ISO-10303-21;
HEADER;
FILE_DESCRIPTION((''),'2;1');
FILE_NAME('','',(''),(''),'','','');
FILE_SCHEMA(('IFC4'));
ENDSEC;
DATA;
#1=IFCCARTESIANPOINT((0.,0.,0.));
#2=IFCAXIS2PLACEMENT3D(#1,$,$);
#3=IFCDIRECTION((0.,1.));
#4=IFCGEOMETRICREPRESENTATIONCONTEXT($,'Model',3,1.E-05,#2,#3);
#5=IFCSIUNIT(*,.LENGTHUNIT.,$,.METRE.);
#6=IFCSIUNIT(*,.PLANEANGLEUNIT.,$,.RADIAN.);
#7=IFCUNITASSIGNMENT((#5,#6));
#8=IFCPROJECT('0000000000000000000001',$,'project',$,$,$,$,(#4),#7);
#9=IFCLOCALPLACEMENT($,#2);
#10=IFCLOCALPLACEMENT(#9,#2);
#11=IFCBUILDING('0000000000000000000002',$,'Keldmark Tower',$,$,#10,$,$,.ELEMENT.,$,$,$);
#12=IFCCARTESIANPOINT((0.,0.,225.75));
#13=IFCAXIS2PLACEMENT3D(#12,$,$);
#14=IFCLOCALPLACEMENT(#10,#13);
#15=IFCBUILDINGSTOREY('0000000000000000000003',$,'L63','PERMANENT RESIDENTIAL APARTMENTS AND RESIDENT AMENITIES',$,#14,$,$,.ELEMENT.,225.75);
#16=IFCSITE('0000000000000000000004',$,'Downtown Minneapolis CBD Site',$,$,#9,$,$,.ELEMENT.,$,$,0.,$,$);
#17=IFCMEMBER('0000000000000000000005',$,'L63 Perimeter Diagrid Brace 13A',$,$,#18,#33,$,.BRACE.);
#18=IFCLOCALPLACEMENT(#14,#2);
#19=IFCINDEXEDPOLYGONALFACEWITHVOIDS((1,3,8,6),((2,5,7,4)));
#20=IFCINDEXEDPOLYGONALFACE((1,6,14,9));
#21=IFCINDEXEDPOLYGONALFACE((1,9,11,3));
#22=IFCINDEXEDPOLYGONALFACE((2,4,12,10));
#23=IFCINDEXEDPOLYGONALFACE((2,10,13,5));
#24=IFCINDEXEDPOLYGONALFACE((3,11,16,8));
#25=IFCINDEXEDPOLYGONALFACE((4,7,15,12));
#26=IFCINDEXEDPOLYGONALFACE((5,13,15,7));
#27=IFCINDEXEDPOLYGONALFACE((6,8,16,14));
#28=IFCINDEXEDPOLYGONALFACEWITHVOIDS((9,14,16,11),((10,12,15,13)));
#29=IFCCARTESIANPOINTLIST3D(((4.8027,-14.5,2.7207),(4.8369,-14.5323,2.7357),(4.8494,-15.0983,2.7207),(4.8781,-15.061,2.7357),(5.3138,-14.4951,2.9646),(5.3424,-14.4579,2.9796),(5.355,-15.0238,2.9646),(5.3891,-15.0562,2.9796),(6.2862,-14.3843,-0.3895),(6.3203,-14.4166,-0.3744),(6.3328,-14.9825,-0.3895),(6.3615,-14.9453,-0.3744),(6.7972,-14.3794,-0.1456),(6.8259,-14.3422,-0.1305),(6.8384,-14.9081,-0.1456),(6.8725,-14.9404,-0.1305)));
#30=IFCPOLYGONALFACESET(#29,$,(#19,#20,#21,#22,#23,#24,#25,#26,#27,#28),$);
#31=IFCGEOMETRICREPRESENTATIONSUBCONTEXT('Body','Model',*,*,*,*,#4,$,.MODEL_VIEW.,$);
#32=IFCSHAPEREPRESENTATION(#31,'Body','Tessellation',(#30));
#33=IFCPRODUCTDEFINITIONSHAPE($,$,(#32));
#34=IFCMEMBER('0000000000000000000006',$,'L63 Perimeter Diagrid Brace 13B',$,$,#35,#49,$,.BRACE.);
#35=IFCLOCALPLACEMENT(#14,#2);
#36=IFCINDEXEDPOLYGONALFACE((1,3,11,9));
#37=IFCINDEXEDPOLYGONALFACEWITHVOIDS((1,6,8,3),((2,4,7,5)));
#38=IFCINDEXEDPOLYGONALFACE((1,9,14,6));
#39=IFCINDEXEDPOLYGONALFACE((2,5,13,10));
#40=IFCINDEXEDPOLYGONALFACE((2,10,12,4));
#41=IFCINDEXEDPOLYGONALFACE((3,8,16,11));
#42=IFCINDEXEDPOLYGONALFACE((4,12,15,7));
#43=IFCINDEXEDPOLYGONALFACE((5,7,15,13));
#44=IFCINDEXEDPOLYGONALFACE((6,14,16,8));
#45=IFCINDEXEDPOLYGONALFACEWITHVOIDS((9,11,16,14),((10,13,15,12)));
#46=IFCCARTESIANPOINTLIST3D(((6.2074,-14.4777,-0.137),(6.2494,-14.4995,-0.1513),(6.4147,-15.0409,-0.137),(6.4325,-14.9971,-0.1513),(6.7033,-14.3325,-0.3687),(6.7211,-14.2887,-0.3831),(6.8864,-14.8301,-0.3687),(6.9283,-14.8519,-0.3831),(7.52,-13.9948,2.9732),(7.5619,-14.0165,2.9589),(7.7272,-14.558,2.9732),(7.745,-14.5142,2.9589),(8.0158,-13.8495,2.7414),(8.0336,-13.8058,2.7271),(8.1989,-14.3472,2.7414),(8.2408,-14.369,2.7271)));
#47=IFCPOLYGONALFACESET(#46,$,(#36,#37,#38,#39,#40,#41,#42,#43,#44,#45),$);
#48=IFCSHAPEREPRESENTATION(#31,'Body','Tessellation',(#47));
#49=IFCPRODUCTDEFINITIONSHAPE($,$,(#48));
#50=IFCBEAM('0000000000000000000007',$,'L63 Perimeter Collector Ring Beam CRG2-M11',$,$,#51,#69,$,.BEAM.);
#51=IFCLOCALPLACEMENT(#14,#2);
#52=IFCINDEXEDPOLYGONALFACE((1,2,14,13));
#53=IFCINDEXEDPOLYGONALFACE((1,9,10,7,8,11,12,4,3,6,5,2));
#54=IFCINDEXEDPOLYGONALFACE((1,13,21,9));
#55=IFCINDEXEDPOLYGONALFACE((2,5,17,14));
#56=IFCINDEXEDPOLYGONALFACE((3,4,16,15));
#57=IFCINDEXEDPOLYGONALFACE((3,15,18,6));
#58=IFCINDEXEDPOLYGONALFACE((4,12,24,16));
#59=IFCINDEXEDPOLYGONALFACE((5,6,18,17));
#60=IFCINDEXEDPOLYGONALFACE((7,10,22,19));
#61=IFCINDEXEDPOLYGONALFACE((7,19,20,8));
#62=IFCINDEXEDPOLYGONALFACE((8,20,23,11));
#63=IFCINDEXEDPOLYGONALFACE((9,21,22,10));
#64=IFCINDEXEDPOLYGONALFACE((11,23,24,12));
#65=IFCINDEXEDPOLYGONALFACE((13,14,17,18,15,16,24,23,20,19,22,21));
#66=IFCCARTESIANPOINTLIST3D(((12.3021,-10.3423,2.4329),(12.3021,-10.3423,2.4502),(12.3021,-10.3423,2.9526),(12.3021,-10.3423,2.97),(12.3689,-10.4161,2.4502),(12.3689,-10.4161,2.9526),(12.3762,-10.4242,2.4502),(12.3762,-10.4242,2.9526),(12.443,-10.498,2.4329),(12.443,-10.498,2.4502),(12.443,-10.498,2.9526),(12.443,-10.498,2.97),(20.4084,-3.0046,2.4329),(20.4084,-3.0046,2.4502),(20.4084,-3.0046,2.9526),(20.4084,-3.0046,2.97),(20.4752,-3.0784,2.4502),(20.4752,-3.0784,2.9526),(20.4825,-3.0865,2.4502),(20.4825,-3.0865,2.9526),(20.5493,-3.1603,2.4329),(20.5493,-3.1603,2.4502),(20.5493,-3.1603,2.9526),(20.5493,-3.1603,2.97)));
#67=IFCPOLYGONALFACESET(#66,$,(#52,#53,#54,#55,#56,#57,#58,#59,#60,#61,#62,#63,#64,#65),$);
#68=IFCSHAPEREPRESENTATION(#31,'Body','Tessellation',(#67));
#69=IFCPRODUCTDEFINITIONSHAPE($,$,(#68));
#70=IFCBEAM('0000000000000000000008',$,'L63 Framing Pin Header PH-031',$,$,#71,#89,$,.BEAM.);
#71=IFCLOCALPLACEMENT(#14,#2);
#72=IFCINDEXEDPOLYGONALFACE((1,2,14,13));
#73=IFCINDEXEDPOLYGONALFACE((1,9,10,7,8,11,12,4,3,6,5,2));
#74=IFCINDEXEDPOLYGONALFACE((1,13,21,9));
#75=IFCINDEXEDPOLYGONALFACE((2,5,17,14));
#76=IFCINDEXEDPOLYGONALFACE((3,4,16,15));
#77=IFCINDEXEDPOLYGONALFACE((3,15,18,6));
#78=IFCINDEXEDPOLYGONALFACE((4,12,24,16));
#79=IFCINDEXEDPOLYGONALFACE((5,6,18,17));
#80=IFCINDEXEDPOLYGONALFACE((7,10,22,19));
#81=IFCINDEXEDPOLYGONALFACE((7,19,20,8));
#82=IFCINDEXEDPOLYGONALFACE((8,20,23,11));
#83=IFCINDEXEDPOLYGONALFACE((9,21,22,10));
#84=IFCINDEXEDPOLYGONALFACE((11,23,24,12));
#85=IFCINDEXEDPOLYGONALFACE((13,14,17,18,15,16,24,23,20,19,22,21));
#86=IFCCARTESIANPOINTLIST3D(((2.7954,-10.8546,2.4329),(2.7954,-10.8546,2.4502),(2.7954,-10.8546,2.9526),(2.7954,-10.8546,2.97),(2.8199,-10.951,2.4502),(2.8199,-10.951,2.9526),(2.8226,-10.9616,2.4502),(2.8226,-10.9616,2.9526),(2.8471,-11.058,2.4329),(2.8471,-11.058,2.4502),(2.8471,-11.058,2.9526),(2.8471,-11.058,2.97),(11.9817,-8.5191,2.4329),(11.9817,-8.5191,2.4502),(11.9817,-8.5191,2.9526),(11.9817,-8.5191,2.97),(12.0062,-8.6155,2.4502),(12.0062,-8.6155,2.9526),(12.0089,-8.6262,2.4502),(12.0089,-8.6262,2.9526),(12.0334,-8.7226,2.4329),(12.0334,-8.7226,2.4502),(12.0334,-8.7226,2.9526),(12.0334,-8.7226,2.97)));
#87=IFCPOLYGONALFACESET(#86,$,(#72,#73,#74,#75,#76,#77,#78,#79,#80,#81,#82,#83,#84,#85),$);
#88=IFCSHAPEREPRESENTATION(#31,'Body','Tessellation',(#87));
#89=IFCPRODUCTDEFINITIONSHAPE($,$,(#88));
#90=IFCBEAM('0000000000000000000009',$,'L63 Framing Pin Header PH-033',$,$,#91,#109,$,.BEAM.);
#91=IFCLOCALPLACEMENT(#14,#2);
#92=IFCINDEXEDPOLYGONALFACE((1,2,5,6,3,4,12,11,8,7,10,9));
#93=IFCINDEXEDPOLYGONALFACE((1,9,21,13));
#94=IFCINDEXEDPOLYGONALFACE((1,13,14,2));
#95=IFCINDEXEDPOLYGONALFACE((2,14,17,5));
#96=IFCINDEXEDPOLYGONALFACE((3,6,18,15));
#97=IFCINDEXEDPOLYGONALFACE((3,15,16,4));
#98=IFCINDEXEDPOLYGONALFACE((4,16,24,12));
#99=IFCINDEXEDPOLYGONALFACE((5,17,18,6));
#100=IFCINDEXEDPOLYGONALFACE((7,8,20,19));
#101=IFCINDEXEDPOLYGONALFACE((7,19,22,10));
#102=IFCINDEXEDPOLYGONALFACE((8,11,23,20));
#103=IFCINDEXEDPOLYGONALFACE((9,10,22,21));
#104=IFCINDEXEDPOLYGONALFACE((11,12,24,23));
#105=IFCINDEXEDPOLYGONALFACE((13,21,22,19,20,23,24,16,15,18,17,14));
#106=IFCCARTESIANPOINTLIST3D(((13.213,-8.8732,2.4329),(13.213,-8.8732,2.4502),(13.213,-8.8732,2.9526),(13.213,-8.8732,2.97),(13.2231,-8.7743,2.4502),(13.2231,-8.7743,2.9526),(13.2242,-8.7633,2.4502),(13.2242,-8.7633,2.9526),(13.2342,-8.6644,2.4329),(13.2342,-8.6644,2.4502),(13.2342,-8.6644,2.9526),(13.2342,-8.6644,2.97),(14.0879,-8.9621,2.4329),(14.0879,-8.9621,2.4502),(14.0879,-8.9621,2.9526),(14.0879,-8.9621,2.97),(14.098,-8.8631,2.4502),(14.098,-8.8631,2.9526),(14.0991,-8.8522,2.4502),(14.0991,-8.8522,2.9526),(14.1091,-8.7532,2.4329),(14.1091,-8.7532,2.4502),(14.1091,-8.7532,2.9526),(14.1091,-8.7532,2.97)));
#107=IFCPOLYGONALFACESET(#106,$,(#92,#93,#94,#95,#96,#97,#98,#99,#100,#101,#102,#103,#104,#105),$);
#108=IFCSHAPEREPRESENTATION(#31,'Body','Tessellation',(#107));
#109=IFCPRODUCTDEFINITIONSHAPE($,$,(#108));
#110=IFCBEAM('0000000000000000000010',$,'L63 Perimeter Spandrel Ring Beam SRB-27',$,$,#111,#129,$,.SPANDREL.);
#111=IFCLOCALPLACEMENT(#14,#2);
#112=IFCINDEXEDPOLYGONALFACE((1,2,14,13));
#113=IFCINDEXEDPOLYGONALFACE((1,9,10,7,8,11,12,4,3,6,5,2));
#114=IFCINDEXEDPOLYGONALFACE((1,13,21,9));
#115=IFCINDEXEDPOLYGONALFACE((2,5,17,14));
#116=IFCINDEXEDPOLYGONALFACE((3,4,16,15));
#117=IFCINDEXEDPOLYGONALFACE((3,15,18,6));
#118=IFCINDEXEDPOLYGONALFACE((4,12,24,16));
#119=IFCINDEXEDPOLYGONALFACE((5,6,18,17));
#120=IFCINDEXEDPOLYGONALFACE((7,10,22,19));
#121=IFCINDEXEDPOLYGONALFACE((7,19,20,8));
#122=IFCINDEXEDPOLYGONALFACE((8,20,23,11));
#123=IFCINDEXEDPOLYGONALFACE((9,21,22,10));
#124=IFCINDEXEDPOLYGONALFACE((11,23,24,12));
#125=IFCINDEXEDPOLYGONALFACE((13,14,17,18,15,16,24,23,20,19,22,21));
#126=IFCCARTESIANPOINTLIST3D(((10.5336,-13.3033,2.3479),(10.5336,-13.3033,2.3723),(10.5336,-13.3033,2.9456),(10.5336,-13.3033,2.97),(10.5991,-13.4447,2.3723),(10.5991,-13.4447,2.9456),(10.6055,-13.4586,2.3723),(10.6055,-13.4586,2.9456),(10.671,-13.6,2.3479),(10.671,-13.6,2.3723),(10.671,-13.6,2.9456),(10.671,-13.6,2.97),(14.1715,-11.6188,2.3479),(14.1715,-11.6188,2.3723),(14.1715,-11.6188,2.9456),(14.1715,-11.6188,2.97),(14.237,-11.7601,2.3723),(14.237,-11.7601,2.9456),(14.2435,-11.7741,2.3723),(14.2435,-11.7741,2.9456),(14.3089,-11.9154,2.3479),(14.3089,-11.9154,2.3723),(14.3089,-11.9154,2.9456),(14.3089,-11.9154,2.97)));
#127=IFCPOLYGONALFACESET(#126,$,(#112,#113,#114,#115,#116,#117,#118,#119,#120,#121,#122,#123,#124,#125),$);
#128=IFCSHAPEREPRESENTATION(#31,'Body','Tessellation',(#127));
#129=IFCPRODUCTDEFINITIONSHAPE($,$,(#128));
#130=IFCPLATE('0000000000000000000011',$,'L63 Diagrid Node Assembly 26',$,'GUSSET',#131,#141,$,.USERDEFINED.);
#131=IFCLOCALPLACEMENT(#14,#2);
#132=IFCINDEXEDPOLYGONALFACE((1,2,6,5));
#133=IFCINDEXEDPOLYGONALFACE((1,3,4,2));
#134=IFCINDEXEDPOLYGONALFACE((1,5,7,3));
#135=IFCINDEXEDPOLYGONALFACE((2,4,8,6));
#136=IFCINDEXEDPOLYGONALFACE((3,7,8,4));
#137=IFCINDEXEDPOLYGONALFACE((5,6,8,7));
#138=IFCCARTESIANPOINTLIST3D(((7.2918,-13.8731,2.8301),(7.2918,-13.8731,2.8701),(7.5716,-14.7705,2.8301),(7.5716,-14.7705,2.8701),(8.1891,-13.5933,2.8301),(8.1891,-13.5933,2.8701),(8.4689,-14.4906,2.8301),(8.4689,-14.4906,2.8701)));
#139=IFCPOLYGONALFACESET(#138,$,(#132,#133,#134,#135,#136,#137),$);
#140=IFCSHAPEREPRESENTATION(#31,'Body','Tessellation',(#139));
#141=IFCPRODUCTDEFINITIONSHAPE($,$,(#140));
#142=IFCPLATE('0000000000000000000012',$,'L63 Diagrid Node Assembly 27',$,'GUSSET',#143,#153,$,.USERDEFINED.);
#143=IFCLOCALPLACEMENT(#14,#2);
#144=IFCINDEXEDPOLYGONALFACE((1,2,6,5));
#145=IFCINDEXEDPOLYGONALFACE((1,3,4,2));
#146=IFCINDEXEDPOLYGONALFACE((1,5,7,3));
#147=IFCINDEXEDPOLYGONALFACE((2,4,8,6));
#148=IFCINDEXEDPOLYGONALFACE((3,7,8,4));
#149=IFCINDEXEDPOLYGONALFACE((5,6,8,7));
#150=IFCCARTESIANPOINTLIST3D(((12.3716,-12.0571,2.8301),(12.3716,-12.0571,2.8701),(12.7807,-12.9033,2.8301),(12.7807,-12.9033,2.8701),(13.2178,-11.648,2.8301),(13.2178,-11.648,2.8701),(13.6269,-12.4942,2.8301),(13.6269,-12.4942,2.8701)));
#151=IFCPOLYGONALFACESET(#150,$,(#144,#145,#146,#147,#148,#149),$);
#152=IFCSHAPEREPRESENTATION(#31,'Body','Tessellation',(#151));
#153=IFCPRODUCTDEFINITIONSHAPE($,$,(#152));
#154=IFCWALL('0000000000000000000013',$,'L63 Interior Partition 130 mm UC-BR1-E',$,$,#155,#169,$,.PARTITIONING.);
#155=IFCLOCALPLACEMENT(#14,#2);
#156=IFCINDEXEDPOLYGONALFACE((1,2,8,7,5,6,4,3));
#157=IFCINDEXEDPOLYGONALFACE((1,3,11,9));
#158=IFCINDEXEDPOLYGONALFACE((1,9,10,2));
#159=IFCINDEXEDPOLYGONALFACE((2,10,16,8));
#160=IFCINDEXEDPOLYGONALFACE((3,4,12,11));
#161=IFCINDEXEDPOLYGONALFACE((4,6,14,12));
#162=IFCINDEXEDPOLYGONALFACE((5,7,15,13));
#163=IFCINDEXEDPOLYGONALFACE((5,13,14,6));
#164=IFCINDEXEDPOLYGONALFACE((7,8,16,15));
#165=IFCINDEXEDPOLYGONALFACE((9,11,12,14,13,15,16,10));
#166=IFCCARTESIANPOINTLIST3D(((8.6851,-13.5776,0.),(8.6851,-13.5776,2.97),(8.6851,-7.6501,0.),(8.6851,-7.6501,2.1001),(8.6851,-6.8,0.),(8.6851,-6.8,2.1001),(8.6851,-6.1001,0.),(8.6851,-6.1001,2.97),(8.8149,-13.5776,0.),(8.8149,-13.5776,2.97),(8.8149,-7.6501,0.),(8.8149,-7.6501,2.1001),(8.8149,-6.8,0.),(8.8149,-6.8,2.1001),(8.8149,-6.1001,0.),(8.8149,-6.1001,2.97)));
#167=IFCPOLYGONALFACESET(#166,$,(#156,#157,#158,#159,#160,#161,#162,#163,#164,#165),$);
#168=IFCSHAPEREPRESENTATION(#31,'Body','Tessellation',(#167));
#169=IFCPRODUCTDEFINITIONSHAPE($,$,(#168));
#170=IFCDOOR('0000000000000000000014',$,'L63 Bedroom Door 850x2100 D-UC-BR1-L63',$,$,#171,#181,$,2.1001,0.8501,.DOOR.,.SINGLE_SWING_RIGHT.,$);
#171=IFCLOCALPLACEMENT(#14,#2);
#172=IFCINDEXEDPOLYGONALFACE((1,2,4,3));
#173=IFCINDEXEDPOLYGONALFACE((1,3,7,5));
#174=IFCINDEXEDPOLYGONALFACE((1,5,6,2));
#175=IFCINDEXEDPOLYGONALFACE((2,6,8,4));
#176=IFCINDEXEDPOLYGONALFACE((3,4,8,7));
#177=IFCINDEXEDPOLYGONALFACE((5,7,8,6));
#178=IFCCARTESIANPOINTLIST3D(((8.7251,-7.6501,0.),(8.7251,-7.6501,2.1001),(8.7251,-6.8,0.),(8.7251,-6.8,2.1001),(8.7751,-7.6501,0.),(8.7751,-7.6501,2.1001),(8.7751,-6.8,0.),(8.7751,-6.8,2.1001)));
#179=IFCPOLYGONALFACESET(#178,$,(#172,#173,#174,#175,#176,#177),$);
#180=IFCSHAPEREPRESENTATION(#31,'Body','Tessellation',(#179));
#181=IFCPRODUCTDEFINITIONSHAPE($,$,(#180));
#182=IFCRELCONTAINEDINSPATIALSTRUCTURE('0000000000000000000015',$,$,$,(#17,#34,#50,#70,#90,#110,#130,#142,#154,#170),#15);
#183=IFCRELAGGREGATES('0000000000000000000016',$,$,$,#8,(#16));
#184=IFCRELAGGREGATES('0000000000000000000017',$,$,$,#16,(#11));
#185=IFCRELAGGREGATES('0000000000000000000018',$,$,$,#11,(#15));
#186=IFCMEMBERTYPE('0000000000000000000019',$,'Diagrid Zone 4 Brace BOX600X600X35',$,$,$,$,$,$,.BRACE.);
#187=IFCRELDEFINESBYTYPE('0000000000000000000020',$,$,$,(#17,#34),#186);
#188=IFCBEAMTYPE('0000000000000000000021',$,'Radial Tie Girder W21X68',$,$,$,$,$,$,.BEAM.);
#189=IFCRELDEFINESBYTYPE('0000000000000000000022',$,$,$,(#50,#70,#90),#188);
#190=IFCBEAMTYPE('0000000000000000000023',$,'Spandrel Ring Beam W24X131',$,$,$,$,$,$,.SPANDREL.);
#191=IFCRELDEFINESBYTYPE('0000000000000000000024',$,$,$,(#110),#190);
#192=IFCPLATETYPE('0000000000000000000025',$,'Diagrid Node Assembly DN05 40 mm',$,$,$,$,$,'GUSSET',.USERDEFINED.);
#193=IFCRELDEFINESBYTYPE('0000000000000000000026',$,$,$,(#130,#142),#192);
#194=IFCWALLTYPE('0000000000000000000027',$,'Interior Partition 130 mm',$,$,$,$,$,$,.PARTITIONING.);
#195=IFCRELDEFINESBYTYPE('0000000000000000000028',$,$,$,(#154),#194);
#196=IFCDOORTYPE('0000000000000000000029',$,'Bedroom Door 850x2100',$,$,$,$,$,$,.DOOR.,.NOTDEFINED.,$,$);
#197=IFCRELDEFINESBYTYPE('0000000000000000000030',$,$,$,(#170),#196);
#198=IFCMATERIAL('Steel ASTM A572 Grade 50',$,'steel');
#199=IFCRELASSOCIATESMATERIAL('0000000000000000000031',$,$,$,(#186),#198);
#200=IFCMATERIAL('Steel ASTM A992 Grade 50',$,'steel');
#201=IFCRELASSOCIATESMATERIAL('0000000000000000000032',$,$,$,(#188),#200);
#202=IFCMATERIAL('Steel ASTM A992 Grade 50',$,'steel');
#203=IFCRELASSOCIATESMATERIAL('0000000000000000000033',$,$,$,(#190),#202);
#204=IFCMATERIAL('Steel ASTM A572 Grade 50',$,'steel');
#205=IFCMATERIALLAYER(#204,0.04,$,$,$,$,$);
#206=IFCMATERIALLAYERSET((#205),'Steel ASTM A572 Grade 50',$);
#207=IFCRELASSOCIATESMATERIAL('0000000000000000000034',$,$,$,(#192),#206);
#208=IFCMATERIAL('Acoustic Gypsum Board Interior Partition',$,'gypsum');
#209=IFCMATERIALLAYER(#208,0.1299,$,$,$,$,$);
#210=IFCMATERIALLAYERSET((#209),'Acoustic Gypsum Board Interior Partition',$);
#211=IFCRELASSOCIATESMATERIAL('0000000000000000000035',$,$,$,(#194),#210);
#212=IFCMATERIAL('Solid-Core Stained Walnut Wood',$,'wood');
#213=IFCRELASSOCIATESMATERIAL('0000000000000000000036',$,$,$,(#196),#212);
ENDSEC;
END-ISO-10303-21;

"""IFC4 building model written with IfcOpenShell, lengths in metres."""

from ifc_helpers import new_model, si_unit, direction, frame, frame_2d, origin, origin_2d, place, context, subcontext, project, spatial, rectangle, hollow_rectangle, i_section, extrude, material, layer, layer_set, material_profile, profile_set, type_object, element, fill, save


model = new_model("IFC4")

# Units and contexts
model_context = context("Model", 3, precision=1e-05, world=origin(), true_north=direction((0.0, 1.0)))
body_context = subcontext(model_context, "Body", "Model", "MODEL_VIEW")
ifc_project = project(units=[si_unit("LENGTHUNIT", "METRE"), si_unit("PLANEANGLEUNIT", "RADIAN")], contexts=[model_context])

# Site, building, storey
site_placement = place(None, origin())
site = spatial("IfcSite", under=ifc_project, at=site_placement, Name="Downtown Minneapolis CBD Site", CompositionType="ELEMENT", RefElevation=0.0)
building_placement = place(site_placement, origin())
building = spatial("IfcBuilding", under=site, at=building_placement, Name="Keldmark Tower", CompositionType="ELEMENT")
storey_placement = place(building_placement, frame((0.0, 0.0, 225.75)))
storey = spatial("IfcBuildingStorey", under=building, at=storey_placement, Name="L63", Description="PERMANENT RESIDENTIAL APARTMENTS AND RESIDENT AMENITIES", CompositionType="ELEMENT", Elevation=225.75)

# Members
ifc_material_1 = material(Name="Steel ASTM A572 Grade 50", Category="steel")
ifc_material_profile_1 = material_profile(ifc_material_1, hollow_rectangle(XDim=0.6001, YDim=0.6001, WallThickness=0.0349, at=origin_2d()), Name="BOX600X600X35")
ifc_profile_set_1 = profile_set([ifc_material_profile_1], Name="Steel ASTM A572 Grade 50")
member_type = type_object("IfcMemberType", Name="Diagrid Zone 4 Brace BOX600X600X35", PredefinedType="BRACE", material=ifc_profile_set_1)
member_1_placement = place(storey_placement, frame((6.5793, -14.6624, -0.26), z_axis=(-0.430257, -0.033565, 0.902082), x_axis=(0.077776, -0.996971, 0.0)))
element("IfcMember", 1, at=member_1_placement, inside=storey, type_object=member_type, Name="L63 Perimeter Diagrid Brace 13A", PredefinedType="BRACE", context=body_context, shape_type="SweptSolid", body=[
    extrude(hollow_rectangle(XDim=0.6001, YDim=0.6001, WallThickness=0.0349, at=origin_2d()), origin(), (0.0, 0.0, 1.0), 3.4478),
])
member_2_placement = place(storey_placement, frame((6.5679, -14.6648, -0.26), z_axis=(0.384889, 0.141613, 0.912034), x_axis=(-0.345301, 0.938492, 0.0)))
element("IfcMember", 2, at=member_2_placement, inside=storey, type_object=member_type, Name="L63 Perimeter Diagrid Brace 13B", PredefinedType="BRACE", context=body_context, shape_type="SweptSolid", body=[
    extrude(hollow_rectangle(XDim=0.6001, YDim=0.6001, WallThickness=0.0349, at=origin_2d()), origin(), (0.0, 0.0, 1.0), 3.4102),
])

# Beams
ifc_material_2 = material(Name="Steel ASTM A992 Grade 50", Category="steel")
ifc_material_profile_2 = material_profile(ifc_material_2, i_section(OverallWidth=0.21, OverallDepth=0.5371, WebThickness=0.011, FlangeThickness=0.0173, at=origin_2d()), Name="W21X68")
ifc_profile_set_2 = profile_set([ifc_material_profile_2], Name="Steel ASTM A992 Grade 50")
beam_type_1 = type_object("IfcBeamType", Name="Radial Tie Girder W21X68", PredefinedType="BEAM", material=ifc_profile_set_2)
beam_1_placement = place(storey_placement, frame((12.3726, -10.4202, 2.7014), z_axis=(0.741378, 0.671088, 0.0), x_axis=(-0.671088, 0.741378, 0.0)))
element("IfcBeam", 3, at=beam_1_placement, inside=storey, type_object=beam_type_1, Name="L63 Perimeter Collector Ring Beam CRG2-M11", PredefinedType="BEAM", context=body_context, shape_type="SweptSolid", body=[
    extrude(i_section(OverallWidth=0.21, OverallDepth=0.5371, WebThickness=0.011, FlangeThickness=0.0173, at=origin_2d()), origin(), (0.0, 0.0, 1.0), 10.9341),
])
beam_2_placement = place(storey_placement, frame((12.0076, -8.6208, 2.7014), z_axis=(-0.96917, -0.246394, 0.0), x_axis=(0.246394, -0.96917, 0.0)))
element("IfcBeam", 4, at=beam_2_placement, inside=storey, type_object=beam_type_1, Name="L63 Framing Pin Header PH-031", PredefinedType="BEAM", context=body_context, shape_type="SweptSolid", body=[
    extrude(i_section(OverallWidth=0.21, OverallDepth=0.5371, WebThickness=0.011, FlangeThickness=0.0173, at=origin_2d()), origin(), (0.0, 0.0, 1.0), 9.4785),
])
beam_3_placement = place(storey_placement, frame((13.2236, -8.7688, 2.7014), z_axis=(0.994882, -0.101043, 0.0), x_axis=(0.101043, 0.994882, 0.0)))
element("IfcBeam", 5, at=beam_3_placement, inside=storey, type_object=beam_type_1, Name="L63 Framing Pin Header PH-033", PredefinedType="BEAM", context=body_context, shape_type="SweptSolid", body=[
    extrude(i_section(OverallWidth=0.21, OverallDepth=0.5371, WebThickness=0.011, FlangeThickness=0.0173, at=origin_2d()), origin(), (0.0, 0.0, 1.0), 0.8794),
])
ifc_material_3 = material(Name="Steel ASTM A992 Grade 50", Category="steel")
ifc_material_profile_3 = material_profile(ifc_material_3, i_section(OverallWidth=0.3269, OverallDepth=0.6221, WebThickness=0.0154, FlangeThickness=0.0244, at=origin_2d()), Name="W24X131")
ifc_profile_set_3 = profile_set([ifc_material_profile_3], Name="Steel ASTM A992 Grade 50")
beam_type_2 = type_object("IfcBeamType", Name="Spandrel Ring Beam W24X131", PredefinedType="SPANDREL", material=ifc_profile_set_3)
beam_4_placement = place(storey_placement, frame((10.6023, -13.4517, 2.6589), z_axis=(0.907435, 0.420193, 0.0), x_axis=(-0.420193, 0.907435, 0.0)))
element("IfcBeam", 6, at=beam_4_placement, inside=storey, type_object=beam_type_2, Name="L63 Perimeter Spandrel Ring Beam SRB-27", PredefinedType="SPANDREL", context=body_context, shape_type="SweptSolid", body=[
    extrude(i_section(OverallWidth=0.3269, OverallDepth=0.6221, WebThickness=0.0154, FlangeThickness=0.0244, at=origin_2d()), origin(), (0.0, 0.0, 1.0), 4.009),
])

# Plates
ifc_material_4 = material(Name="Steel ASTM A572 Grade 50", Category="steel")
ifc_layer_1 = layer(ifc_material_4, 0.04)
ifc_layer_set_1 = layer_set([ifc_layer_1], Name="Steel ASTM A572 Grade 50")
plate_type = type_object("IfcPlateType", Name="Diagrid Node Assembly DN05 40 mm", ElementType="GUSSET", PredefinedType="USERDEFINED", material=ifc_layer_set_1)
for number, where, z_axis, x_axis, name in (
    (7, (7.8804, -14.1819, 2.8301), (0.0, 0.0, 1.0), (0.954657, 0.297708, 0.0), "L63 Diagrid Node Assembly 26"),
    (8, (12.9993, -12.2756, 2.8301), (0.0, 0.0, 1.0), (0.900319, 0.435231, 0.0), "L63 Diagrid Node Assembly 27"),
):
    element("IfcPlate", number, at=place(storey_placement, frame(where, z_axis=z_axis, x_axis=x_axis)), inside=storey, type_object=plate_type, Name=name, ObjectType="GUSSET", PredefinedType="USERDEFINED", context=body_context, shape_type="SweptSolid", body=[
        extrude(rectangle(XDim=0.9399, YDim=0.9399, at=origin_2d()), origin(), (0.0, 0.0, 1.0), 0.04),
    ])

# Wall, opening, door
ifc_material_5 = material(Name="Acoustic Gypsum Board Interior Partition", Category="gypsum")
ifc_layer_2 = layer(ifc_material_5, 0.1299)
ifc_layer_set_2 = layer_set([ifc_layer_2], Name="Acoustic Gypsum Board Interior Partition")
wall_type_1 = type_object("IfcWallType", Name="Interior Partition 130 mm", PredefinedType="PARTITIONING", material=ifc_layer_set_2)
wall_1_placement = place(storey_placement, frame((8.75, -13.5776, 0.0), z_axis=(0.0, 0.0, 1.0), x_axis=(0.0, 1.0, 0.0)))
wall_1 = element("IfcWall", 9, at=wall_1_placement, inside=storey, type_object=wall_type_1, Name="L63 Interior Partition 130 mm UC-BR1-E", PredefinedType="PARTITIONING", context=body_context, shape_type="SweptSolid", body=[
    extrude(rectangle(XDim=7.4775, YDim=0.1299, at=frame_2d((3.7388, 0.0))), origin(), (0.0, 0.0, 1.0), 2.97),
])
opening_1_placement = place(wall_1_placement, frame((5.9275, 0.0, 0.0)))
opening_1 = element("IfcOpeningElement", 10, at=opening_1_placement, cuts=wall_1, PredefinedType="OPENING", context=body_context, shape_type="SweptSolid", body=[
    extrude(rectangle(XDim=0.8501, YDim=2.1001, at=frame_2d((0.425, 1.05))), frame((0.0, 0.075, 0.0), z_axis=(0.0, -1.0, 0.0), x_axis=(1.0, 0.0, 0.0)), (0.0, 0.0, 1.0), 0.1499),
])
ifc_material_6 = material(Name="Solid-Core Stained Walnut Wood", Category="wood")
door_type_1 = type_object("IfcDoorType", Name="Bedroom Door 850x2100", OperationType="NOTDEFINED", PredefinedType="DOOR", material=ifc_material_6)
door_1_placement = place(opening_1_placement, origin())
door_1 = element("IfcDoor", 11, at=door_1_placement, inside=storey, type_object=door_type_1, Name="L63 Bedroom Door 850x2100 D-UC-BR1-L63", OperationType="SINGLE_SWING_RIGHT", OverallHeight=2.1001, OverallWidth=0.8501, PredefinedType="DOOR", context=body_context, shape_type="SweptSolid", body=[
    extrude(rectangle(XDim=0.8501, YDim=2.1001, at=frame_2d((0.425, 1.05))), frame((0.0, 0.0249, 0.0), z_axis=(0.0, -1.0, 0.0), x_axis=(1.0, 0.0, 0.0)), (0.0, 0.0, 1.0), 0.05),
])
fill(opening_1, door_1)

save(model, "model.ifc")
